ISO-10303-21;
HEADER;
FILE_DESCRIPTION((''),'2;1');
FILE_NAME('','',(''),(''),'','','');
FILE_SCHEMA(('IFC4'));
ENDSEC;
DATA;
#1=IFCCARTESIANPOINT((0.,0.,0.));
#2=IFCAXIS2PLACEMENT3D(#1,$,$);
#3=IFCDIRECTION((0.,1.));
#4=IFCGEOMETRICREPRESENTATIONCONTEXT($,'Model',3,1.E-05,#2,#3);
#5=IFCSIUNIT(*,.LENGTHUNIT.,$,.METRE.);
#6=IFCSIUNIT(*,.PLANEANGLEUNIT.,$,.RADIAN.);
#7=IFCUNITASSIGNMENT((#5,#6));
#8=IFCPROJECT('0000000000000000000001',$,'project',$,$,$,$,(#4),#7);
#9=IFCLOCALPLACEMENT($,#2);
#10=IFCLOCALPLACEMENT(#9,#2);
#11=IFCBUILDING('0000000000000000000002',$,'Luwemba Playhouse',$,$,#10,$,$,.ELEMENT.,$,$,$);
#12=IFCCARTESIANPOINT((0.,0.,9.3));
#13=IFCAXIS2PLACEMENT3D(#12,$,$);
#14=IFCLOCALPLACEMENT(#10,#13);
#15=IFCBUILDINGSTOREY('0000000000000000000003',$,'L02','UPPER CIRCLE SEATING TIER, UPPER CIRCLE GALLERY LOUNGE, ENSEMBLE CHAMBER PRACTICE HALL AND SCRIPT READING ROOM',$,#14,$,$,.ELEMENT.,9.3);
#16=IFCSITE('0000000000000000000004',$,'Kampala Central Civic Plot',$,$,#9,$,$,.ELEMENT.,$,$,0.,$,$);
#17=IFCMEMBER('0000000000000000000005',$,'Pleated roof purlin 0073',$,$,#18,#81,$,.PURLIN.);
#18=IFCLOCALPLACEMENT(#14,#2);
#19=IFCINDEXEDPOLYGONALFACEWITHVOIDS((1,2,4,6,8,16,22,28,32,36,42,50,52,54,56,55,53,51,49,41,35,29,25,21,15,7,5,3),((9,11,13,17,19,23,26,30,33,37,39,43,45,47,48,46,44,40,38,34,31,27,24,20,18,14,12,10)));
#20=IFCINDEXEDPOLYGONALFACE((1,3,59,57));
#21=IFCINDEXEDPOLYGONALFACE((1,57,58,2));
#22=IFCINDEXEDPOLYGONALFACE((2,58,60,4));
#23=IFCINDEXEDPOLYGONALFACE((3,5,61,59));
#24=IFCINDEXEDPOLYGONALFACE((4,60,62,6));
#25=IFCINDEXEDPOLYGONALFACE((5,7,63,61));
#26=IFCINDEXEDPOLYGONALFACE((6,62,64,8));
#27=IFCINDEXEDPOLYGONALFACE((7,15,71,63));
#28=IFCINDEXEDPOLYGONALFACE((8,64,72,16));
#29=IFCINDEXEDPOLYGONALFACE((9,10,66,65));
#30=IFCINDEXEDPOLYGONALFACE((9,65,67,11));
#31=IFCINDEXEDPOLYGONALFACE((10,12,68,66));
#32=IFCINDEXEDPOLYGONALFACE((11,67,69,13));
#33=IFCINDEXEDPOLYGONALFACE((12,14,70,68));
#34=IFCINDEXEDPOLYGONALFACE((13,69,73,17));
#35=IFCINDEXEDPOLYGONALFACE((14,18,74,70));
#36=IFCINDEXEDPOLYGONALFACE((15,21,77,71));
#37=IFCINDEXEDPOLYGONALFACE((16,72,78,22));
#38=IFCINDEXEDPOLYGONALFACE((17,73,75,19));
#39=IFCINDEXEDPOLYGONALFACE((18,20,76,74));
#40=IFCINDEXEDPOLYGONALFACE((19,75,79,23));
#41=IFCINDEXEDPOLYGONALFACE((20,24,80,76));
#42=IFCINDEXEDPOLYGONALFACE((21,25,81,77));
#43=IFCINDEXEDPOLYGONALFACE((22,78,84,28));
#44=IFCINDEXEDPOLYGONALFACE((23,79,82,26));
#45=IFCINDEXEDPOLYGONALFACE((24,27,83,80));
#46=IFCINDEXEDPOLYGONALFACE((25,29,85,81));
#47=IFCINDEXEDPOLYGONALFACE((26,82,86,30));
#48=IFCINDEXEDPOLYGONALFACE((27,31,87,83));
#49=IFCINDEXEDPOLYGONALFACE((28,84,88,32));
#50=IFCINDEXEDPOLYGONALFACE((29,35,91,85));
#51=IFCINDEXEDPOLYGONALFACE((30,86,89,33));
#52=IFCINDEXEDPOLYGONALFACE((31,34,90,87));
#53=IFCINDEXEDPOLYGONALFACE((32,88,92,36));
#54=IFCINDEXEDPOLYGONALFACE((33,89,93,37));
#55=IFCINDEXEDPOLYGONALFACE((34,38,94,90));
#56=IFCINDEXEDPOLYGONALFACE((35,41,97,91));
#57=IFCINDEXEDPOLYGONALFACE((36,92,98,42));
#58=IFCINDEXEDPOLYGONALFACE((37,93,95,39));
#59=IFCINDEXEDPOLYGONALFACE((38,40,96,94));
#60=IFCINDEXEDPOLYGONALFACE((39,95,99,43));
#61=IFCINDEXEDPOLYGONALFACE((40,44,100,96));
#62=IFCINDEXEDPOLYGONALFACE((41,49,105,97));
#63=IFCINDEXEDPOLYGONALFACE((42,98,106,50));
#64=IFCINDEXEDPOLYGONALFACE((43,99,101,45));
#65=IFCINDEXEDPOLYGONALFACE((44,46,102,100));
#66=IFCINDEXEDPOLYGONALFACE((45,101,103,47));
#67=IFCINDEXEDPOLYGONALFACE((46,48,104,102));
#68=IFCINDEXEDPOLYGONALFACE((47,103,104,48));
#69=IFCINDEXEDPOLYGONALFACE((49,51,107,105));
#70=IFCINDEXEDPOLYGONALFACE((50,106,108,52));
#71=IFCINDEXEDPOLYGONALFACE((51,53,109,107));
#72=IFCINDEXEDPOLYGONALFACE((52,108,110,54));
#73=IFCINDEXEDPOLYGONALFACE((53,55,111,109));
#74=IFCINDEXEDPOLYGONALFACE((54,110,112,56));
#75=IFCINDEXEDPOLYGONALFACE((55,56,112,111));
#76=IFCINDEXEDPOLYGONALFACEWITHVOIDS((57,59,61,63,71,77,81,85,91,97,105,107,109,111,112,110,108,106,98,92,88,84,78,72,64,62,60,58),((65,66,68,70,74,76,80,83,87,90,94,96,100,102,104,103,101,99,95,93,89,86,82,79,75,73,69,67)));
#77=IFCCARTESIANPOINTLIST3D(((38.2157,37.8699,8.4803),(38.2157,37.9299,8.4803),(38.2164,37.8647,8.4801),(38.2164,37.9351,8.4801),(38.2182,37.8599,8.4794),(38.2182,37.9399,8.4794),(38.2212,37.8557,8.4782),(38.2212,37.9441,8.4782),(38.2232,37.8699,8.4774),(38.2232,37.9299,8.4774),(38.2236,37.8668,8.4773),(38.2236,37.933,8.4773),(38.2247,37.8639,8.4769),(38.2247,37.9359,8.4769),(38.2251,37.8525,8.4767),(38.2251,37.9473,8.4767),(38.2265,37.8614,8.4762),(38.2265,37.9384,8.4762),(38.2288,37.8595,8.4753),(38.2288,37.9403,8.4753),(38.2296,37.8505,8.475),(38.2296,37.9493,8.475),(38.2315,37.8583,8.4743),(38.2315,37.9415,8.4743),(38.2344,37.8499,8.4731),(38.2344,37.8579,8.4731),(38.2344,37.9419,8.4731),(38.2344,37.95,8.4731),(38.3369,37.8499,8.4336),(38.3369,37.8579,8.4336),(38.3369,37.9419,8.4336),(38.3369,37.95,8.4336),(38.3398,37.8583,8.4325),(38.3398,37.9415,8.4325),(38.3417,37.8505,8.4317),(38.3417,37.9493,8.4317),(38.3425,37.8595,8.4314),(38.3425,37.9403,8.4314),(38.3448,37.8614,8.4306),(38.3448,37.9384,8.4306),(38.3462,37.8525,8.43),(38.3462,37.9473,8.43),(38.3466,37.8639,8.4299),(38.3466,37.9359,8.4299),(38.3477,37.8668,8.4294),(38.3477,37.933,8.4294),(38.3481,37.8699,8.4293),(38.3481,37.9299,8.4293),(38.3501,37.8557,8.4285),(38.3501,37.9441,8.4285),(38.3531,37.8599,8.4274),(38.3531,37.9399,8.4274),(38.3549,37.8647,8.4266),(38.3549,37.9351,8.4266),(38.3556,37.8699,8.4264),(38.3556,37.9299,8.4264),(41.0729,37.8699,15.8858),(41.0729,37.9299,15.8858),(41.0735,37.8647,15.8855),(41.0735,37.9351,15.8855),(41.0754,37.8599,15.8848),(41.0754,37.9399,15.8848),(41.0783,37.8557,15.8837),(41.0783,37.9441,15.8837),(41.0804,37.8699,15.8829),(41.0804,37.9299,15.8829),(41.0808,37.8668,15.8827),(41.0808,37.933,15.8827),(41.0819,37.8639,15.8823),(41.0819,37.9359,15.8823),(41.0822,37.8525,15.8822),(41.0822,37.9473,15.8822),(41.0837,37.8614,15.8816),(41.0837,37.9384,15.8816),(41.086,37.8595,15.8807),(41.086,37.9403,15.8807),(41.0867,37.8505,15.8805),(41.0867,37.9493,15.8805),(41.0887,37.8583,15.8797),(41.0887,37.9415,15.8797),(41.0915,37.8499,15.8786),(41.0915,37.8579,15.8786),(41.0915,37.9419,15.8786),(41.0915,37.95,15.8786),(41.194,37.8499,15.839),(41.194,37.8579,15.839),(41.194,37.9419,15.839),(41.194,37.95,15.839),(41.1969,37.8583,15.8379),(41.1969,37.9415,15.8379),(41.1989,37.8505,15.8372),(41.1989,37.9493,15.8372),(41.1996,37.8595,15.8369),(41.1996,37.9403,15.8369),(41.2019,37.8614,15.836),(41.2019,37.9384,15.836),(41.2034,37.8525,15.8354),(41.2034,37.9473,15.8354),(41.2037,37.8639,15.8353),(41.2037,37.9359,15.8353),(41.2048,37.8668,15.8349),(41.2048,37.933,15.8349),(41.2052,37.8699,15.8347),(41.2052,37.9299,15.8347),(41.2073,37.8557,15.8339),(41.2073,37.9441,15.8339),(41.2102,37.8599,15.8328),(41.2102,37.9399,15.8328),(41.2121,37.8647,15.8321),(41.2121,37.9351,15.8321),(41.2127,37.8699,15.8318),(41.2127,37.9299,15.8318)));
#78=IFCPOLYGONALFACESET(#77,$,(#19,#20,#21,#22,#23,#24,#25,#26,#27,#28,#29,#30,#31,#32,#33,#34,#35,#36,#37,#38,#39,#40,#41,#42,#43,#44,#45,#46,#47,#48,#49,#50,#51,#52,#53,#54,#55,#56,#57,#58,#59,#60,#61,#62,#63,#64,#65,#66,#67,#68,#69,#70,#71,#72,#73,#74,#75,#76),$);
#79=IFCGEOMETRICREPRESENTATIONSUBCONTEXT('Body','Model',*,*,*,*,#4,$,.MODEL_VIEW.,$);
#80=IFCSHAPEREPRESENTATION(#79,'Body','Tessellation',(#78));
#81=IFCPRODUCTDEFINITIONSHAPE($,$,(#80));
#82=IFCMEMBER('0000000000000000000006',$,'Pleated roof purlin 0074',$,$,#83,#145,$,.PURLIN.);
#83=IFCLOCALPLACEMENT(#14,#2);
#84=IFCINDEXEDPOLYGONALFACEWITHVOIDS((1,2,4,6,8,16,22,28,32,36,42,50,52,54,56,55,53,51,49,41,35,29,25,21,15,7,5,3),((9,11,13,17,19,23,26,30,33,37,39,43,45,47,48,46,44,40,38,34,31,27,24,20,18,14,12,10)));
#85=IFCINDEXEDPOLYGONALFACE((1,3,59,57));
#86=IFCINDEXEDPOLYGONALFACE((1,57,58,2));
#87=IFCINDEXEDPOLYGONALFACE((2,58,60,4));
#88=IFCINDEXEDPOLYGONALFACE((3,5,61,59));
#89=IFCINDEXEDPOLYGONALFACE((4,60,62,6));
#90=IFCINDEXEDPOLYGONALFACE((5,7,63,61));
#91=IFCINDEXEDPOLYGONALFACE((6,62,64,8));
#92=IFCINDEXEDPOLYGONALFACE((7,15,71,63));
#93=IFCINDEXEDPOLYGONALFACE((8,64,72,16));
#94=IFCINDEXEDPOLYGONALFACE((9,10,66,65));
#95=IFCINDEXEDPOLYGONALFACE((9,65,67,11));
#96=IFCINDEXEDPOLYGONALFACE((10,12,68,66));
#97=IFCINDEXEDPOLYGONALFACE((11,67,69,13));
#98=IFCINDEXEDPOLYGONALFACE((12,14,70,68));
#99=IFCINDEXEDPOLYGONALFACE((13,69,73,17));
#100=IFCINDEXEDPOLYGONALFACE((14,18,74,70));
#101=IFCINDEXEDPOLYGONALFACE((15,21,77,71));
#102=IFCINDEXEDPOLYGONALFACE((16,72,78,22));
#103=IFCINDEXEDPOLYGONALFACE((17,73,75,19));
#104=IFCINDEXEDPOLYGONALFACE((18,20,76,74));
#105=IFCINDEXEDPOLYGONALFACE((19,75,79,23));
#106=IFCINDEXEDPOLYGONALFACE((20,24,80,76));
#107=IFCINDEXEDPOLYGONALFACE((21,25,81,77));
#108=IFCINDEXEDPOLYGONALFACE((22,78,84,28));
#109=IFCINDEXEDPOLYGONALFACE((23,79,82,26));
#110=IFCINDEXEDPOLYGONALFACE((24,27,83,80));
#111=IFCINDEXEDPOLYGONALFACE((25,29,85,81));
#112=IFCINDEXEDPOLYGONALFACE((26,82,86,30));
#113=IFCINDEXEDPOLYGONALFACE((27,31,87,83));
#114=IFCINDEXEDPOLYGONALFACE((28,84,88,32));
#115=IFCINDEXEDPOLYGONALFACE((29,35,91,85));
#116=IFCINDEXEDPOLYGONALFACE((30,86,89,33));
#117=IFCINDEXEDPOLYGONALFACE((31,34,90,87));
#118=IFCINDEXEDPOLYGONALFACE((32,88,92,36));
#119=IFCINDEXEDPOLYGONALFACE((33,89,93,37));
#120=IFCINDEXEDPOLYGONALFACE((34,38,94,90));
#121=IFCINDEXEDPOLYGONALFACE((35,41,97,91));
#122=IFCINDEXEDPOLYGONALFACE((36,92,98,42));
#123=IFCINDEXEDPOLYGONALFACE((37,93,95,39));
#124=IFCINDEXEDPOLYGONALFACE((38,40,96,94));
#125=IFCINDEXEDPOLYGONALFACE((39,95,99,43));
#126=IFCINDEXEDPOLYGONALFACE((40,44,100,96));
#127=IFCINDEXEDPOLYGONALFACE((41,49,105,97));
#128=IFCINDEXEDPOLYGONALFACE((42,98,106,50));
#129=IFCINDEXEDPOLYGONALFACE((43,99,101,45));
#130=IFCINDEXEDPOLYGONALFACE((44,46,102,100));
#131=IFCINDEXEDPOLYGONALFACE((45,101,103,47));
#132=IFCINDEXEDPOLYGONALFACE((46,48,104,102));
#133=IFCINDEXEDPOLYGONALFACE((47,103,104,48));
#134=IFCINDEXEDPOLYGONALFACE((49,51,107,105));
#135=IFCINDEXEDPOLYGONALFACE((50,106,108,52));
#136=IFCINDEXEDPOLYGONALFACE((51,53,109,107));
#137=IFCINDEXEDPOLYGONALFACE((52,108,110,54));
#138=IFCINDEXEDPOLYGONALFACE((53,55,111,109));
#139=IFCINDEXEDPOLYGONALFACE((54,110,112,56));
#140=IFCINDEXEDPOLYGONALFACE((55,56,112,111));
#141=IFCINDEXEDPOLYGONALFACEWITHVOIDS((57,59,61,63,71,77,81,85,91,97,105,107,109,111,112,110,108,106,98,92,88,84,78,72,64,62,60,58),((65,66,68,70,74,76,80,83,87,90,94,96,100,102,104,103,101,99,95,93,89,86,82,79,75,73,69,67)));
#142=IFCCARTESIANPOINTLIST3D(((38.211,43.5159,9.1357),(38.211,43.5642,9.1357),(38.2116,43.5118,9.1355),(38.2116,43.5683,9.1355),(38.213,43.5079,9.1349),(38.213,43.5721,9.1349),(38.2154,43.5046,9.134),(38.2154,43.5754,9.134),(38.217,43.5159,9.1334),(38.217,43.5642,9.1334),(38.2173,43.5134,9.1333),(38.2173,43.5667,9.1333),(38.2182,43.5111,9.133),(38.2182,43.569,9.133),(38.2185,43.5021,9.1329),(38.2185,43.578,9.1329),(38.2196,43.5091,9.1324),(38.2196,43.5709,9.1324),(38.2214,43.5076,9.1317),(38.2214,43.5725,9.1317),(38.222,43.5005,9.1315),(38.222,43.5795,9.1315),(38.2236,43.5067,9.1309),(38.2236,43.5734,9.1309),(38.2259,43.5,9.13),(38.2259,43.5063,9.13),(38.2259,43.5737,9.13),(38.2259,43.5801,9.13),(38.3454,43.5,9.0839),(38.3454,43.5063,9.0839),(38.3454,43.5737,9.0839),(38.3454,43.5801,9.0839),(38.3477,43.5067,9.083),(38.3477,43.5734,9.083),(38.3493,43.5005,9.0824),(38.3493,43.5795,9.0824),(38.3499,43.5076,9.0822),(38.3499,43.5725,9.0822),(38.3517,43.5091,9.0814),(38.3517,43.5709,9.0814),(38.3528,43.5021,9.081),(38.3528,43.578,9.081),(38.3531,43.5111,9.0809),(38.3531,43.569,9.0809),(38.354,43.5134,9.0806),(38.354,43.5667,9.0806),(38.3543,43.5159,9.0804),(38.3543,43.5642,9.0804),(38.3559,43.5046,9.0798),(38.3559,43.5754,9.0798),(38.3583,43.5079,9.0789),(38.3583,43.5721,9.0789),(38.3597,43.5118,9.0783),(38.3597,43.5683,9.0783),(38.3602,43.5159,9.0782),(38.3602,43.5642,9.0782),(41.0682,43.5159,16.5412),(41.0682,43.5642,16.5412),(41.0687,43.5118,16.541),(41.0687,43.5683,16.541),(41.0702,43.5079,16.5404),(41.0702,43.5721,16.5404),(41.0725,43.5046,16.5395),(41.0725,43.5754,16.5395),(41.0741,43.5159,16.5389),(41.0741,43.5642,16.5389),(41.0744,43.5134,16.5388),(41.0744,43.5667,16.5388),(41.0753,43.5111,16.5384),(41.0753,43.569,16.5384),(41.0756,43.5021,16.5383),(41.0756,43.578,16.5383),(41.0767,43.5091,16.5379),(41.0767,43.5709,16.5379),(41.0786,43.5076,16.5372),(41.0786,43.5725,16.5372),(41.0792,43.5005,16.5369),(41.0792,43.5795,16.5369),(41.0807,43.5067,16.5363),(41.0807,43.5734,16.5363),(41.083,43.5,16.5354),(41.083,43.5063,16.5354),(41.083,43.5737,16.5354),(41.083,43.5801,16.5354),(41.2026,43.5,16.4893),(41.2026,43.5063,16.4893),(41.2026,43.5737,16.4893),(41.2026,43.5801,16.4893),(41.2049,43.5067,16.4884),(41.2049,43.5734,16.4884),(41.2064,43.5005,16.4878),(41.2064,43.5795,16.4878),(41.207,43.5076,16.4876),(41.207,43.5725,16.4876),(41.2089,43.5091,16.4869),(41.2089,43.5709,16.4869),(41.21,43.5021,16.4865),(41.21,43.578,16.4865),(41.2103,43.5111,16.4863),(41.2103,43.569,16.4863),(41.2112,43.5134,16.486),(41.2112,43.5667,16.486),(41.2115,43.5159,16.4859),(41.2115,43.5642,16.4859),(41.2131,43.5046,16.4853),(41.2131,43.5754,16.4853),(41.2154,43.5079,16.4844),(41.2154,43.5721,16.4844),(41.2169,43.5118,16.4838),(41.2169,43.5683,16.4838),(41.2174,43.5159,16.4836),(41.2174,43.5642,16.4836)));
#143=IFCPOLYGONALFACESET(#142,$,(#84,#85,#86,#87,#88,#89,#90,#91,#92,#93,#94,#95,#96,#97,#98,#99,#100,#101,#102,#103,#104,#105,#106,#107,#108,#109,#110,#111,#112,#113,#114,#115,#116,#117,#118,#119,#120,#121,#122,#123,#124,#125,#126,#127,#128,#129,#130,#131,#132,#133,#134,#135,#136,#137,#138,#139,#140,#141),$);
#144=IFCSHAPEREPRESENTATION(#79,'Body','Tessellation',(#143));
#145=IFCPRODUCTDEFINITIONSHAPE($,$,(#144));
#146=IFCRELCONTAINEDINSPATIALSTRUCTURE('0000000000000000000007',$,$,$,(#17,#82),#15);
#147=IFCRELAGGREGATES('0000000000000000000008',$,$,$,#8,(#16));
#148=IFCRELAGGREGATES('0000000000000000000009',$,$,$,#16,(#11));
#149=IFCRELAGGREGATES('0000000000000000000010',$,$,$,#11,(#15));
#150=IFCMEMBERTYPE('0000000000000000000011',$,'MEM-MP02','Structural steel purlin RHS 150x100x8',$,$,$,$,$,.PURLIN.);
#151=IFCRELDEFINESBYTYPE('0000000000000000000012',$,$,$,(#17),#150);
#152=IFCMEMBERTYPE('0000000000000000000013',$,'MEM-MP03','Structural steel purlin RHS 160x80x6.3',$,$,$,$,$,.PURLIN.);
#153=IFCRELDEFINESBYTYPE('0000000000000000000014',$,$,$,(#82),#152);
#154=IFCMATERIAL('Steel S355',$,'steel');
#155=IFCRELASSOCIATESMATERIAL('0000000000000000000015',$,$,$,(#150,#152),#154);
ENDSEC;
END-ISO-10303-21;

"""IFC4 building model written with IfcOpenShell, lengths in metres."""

from ifc_helpers import new_model, si_unit, direction, frame, origin, origin_2d, place, context, subcontext, project, spatial, hollow_rectangle, extrude, material, material_profile, profile_set, type_object, element, save


model = new_model("IFC4")

# Units and contexts
model_context = context("Model", 3, precision=1e-05, world=origin(), true_north=direction((0.0, 1.0)))
body_context = subcontext(model_context, "Body", "Model", "MODEL_VIEW")
ifc_project = project(units=[si_unit("LENGTHUNIT", "METRE"), si_unit("PLANEANGLEUNIT", "RADIAN")], contexts=[model_context])

# Site, building, storey
site_placement = place(None, origin())
site = spatial("IfcSite", under=ifc_project, at=site_placement, Name="Kampala Central Civic Plot", CompositionType="ELEMENT", RefElevation=0.0)
building_placement = place(site_placement, origin())
building = spatial("IfcBuilding", under=site, at=building_placement, Name="Luwemba Playhouse", CompositionType="ELEMENT")
storey_placement = place(building_placement, frame((0.0, 0.0, 9.3)))
storey = spatial("IfcBuildingStorey", under=building, at=storey_placement, Name="L02", Description="UPPER CIRCLE SEATING TIER, UPPER CIRCLE GALLERY LOUNGE, ENSEMBLE CHAMBER PRACTICE HALL AND SCRIPT READING ROOM", CompositionType="ELEMENT", Elevation=9.3)

# Shared definitions
ifc_material_1 = material(Name="Steel S355", Category="steel")

# Members
ifc_material_profile_1 = material_profile(ifc_material_1, hollow_rectangle(XDim=0.1001, YDim=0.1499, WallThickness=0.0081, InnerFilletRadius=0.012, OuterFilletRadius=0.02, at=origin_2d()))
ifc_profile_set_1 = profile_set([ifc_material_profile_1], Name="Steel S355")
member_type_1 = type_object("IfcMemberType", Name="MEM-MP02", Description="Structural steel purlin RHS 150x100x8", PredefinedType="PURLIN", material=ifc_profile_set_1)
member_1_placement = place(storey_placement, frame((38.2856, 37.8999, 8.4534), z_axis=(0.359956, 0.0, 0.932969), x_axis=(0.0, 1.0, 0.0)))
element("IfcMember", 1, at=member_1_placement, inside=storey, type_object=member_type_1, Name="Pleated roof purlin 0073", PredefinedType="PURLIN", context=body_context, shape_type="SweptSolid", body=[
    extrude(hollow_rectangle(XDim=0.1001, YDim=0.1499, WallThickness=0.0081, InnerFilletRadius=0.012, OuterFilletRadius=0.02, at=origin_2d()), origin(), (0.0, 0.0, 1.0), 7.9375),
])
ifc_material_profile_2 = material_profile(ifc_material_1, hollow_rectangle(XDim=0.0801, YDim=0.1599, WallThickness=0.0063, InnerFilletRadius=0.0095, OuterFilletRadius=0.0159, at=origin_2d()))
ifc_profile_set_2 = profile_set([ifc_material_profile_2], Name="Steel S355")
member_type_2 = type_object("IfcMemberType", Name="MEM-MP03", Description="Structural steel purlin RHS 160x80x6.3", PredefinedType="PURLIN", material=ifc_profile_set_2)
member_2_placement = place(storey_placement, frame((38.2856, 43.54, 9.1069), z_axis=(0.359956, 0.0, 0.932969), x_axis=(0.0, 1.0, 0.0)))
element("IfcMember", 2, at=member_2_placement, inside=storey, type_object=member_type_2, Name="Pleated roof purlin 0074", PredefinedType="PURLIN", context=body_context, shape_type="SweptSolid", body=[
    extrude(hollow_rectangle(XDim=0.0801, YDim=0.1599, WallThickness=0.0063, InnerFilletRadius=0.0095, OuterFilletRadius=0.0159, at=origin_2d()), origin(), (0.0, 0.0, 1.0), 7.9375),
])

save(model, "model.ifc")
